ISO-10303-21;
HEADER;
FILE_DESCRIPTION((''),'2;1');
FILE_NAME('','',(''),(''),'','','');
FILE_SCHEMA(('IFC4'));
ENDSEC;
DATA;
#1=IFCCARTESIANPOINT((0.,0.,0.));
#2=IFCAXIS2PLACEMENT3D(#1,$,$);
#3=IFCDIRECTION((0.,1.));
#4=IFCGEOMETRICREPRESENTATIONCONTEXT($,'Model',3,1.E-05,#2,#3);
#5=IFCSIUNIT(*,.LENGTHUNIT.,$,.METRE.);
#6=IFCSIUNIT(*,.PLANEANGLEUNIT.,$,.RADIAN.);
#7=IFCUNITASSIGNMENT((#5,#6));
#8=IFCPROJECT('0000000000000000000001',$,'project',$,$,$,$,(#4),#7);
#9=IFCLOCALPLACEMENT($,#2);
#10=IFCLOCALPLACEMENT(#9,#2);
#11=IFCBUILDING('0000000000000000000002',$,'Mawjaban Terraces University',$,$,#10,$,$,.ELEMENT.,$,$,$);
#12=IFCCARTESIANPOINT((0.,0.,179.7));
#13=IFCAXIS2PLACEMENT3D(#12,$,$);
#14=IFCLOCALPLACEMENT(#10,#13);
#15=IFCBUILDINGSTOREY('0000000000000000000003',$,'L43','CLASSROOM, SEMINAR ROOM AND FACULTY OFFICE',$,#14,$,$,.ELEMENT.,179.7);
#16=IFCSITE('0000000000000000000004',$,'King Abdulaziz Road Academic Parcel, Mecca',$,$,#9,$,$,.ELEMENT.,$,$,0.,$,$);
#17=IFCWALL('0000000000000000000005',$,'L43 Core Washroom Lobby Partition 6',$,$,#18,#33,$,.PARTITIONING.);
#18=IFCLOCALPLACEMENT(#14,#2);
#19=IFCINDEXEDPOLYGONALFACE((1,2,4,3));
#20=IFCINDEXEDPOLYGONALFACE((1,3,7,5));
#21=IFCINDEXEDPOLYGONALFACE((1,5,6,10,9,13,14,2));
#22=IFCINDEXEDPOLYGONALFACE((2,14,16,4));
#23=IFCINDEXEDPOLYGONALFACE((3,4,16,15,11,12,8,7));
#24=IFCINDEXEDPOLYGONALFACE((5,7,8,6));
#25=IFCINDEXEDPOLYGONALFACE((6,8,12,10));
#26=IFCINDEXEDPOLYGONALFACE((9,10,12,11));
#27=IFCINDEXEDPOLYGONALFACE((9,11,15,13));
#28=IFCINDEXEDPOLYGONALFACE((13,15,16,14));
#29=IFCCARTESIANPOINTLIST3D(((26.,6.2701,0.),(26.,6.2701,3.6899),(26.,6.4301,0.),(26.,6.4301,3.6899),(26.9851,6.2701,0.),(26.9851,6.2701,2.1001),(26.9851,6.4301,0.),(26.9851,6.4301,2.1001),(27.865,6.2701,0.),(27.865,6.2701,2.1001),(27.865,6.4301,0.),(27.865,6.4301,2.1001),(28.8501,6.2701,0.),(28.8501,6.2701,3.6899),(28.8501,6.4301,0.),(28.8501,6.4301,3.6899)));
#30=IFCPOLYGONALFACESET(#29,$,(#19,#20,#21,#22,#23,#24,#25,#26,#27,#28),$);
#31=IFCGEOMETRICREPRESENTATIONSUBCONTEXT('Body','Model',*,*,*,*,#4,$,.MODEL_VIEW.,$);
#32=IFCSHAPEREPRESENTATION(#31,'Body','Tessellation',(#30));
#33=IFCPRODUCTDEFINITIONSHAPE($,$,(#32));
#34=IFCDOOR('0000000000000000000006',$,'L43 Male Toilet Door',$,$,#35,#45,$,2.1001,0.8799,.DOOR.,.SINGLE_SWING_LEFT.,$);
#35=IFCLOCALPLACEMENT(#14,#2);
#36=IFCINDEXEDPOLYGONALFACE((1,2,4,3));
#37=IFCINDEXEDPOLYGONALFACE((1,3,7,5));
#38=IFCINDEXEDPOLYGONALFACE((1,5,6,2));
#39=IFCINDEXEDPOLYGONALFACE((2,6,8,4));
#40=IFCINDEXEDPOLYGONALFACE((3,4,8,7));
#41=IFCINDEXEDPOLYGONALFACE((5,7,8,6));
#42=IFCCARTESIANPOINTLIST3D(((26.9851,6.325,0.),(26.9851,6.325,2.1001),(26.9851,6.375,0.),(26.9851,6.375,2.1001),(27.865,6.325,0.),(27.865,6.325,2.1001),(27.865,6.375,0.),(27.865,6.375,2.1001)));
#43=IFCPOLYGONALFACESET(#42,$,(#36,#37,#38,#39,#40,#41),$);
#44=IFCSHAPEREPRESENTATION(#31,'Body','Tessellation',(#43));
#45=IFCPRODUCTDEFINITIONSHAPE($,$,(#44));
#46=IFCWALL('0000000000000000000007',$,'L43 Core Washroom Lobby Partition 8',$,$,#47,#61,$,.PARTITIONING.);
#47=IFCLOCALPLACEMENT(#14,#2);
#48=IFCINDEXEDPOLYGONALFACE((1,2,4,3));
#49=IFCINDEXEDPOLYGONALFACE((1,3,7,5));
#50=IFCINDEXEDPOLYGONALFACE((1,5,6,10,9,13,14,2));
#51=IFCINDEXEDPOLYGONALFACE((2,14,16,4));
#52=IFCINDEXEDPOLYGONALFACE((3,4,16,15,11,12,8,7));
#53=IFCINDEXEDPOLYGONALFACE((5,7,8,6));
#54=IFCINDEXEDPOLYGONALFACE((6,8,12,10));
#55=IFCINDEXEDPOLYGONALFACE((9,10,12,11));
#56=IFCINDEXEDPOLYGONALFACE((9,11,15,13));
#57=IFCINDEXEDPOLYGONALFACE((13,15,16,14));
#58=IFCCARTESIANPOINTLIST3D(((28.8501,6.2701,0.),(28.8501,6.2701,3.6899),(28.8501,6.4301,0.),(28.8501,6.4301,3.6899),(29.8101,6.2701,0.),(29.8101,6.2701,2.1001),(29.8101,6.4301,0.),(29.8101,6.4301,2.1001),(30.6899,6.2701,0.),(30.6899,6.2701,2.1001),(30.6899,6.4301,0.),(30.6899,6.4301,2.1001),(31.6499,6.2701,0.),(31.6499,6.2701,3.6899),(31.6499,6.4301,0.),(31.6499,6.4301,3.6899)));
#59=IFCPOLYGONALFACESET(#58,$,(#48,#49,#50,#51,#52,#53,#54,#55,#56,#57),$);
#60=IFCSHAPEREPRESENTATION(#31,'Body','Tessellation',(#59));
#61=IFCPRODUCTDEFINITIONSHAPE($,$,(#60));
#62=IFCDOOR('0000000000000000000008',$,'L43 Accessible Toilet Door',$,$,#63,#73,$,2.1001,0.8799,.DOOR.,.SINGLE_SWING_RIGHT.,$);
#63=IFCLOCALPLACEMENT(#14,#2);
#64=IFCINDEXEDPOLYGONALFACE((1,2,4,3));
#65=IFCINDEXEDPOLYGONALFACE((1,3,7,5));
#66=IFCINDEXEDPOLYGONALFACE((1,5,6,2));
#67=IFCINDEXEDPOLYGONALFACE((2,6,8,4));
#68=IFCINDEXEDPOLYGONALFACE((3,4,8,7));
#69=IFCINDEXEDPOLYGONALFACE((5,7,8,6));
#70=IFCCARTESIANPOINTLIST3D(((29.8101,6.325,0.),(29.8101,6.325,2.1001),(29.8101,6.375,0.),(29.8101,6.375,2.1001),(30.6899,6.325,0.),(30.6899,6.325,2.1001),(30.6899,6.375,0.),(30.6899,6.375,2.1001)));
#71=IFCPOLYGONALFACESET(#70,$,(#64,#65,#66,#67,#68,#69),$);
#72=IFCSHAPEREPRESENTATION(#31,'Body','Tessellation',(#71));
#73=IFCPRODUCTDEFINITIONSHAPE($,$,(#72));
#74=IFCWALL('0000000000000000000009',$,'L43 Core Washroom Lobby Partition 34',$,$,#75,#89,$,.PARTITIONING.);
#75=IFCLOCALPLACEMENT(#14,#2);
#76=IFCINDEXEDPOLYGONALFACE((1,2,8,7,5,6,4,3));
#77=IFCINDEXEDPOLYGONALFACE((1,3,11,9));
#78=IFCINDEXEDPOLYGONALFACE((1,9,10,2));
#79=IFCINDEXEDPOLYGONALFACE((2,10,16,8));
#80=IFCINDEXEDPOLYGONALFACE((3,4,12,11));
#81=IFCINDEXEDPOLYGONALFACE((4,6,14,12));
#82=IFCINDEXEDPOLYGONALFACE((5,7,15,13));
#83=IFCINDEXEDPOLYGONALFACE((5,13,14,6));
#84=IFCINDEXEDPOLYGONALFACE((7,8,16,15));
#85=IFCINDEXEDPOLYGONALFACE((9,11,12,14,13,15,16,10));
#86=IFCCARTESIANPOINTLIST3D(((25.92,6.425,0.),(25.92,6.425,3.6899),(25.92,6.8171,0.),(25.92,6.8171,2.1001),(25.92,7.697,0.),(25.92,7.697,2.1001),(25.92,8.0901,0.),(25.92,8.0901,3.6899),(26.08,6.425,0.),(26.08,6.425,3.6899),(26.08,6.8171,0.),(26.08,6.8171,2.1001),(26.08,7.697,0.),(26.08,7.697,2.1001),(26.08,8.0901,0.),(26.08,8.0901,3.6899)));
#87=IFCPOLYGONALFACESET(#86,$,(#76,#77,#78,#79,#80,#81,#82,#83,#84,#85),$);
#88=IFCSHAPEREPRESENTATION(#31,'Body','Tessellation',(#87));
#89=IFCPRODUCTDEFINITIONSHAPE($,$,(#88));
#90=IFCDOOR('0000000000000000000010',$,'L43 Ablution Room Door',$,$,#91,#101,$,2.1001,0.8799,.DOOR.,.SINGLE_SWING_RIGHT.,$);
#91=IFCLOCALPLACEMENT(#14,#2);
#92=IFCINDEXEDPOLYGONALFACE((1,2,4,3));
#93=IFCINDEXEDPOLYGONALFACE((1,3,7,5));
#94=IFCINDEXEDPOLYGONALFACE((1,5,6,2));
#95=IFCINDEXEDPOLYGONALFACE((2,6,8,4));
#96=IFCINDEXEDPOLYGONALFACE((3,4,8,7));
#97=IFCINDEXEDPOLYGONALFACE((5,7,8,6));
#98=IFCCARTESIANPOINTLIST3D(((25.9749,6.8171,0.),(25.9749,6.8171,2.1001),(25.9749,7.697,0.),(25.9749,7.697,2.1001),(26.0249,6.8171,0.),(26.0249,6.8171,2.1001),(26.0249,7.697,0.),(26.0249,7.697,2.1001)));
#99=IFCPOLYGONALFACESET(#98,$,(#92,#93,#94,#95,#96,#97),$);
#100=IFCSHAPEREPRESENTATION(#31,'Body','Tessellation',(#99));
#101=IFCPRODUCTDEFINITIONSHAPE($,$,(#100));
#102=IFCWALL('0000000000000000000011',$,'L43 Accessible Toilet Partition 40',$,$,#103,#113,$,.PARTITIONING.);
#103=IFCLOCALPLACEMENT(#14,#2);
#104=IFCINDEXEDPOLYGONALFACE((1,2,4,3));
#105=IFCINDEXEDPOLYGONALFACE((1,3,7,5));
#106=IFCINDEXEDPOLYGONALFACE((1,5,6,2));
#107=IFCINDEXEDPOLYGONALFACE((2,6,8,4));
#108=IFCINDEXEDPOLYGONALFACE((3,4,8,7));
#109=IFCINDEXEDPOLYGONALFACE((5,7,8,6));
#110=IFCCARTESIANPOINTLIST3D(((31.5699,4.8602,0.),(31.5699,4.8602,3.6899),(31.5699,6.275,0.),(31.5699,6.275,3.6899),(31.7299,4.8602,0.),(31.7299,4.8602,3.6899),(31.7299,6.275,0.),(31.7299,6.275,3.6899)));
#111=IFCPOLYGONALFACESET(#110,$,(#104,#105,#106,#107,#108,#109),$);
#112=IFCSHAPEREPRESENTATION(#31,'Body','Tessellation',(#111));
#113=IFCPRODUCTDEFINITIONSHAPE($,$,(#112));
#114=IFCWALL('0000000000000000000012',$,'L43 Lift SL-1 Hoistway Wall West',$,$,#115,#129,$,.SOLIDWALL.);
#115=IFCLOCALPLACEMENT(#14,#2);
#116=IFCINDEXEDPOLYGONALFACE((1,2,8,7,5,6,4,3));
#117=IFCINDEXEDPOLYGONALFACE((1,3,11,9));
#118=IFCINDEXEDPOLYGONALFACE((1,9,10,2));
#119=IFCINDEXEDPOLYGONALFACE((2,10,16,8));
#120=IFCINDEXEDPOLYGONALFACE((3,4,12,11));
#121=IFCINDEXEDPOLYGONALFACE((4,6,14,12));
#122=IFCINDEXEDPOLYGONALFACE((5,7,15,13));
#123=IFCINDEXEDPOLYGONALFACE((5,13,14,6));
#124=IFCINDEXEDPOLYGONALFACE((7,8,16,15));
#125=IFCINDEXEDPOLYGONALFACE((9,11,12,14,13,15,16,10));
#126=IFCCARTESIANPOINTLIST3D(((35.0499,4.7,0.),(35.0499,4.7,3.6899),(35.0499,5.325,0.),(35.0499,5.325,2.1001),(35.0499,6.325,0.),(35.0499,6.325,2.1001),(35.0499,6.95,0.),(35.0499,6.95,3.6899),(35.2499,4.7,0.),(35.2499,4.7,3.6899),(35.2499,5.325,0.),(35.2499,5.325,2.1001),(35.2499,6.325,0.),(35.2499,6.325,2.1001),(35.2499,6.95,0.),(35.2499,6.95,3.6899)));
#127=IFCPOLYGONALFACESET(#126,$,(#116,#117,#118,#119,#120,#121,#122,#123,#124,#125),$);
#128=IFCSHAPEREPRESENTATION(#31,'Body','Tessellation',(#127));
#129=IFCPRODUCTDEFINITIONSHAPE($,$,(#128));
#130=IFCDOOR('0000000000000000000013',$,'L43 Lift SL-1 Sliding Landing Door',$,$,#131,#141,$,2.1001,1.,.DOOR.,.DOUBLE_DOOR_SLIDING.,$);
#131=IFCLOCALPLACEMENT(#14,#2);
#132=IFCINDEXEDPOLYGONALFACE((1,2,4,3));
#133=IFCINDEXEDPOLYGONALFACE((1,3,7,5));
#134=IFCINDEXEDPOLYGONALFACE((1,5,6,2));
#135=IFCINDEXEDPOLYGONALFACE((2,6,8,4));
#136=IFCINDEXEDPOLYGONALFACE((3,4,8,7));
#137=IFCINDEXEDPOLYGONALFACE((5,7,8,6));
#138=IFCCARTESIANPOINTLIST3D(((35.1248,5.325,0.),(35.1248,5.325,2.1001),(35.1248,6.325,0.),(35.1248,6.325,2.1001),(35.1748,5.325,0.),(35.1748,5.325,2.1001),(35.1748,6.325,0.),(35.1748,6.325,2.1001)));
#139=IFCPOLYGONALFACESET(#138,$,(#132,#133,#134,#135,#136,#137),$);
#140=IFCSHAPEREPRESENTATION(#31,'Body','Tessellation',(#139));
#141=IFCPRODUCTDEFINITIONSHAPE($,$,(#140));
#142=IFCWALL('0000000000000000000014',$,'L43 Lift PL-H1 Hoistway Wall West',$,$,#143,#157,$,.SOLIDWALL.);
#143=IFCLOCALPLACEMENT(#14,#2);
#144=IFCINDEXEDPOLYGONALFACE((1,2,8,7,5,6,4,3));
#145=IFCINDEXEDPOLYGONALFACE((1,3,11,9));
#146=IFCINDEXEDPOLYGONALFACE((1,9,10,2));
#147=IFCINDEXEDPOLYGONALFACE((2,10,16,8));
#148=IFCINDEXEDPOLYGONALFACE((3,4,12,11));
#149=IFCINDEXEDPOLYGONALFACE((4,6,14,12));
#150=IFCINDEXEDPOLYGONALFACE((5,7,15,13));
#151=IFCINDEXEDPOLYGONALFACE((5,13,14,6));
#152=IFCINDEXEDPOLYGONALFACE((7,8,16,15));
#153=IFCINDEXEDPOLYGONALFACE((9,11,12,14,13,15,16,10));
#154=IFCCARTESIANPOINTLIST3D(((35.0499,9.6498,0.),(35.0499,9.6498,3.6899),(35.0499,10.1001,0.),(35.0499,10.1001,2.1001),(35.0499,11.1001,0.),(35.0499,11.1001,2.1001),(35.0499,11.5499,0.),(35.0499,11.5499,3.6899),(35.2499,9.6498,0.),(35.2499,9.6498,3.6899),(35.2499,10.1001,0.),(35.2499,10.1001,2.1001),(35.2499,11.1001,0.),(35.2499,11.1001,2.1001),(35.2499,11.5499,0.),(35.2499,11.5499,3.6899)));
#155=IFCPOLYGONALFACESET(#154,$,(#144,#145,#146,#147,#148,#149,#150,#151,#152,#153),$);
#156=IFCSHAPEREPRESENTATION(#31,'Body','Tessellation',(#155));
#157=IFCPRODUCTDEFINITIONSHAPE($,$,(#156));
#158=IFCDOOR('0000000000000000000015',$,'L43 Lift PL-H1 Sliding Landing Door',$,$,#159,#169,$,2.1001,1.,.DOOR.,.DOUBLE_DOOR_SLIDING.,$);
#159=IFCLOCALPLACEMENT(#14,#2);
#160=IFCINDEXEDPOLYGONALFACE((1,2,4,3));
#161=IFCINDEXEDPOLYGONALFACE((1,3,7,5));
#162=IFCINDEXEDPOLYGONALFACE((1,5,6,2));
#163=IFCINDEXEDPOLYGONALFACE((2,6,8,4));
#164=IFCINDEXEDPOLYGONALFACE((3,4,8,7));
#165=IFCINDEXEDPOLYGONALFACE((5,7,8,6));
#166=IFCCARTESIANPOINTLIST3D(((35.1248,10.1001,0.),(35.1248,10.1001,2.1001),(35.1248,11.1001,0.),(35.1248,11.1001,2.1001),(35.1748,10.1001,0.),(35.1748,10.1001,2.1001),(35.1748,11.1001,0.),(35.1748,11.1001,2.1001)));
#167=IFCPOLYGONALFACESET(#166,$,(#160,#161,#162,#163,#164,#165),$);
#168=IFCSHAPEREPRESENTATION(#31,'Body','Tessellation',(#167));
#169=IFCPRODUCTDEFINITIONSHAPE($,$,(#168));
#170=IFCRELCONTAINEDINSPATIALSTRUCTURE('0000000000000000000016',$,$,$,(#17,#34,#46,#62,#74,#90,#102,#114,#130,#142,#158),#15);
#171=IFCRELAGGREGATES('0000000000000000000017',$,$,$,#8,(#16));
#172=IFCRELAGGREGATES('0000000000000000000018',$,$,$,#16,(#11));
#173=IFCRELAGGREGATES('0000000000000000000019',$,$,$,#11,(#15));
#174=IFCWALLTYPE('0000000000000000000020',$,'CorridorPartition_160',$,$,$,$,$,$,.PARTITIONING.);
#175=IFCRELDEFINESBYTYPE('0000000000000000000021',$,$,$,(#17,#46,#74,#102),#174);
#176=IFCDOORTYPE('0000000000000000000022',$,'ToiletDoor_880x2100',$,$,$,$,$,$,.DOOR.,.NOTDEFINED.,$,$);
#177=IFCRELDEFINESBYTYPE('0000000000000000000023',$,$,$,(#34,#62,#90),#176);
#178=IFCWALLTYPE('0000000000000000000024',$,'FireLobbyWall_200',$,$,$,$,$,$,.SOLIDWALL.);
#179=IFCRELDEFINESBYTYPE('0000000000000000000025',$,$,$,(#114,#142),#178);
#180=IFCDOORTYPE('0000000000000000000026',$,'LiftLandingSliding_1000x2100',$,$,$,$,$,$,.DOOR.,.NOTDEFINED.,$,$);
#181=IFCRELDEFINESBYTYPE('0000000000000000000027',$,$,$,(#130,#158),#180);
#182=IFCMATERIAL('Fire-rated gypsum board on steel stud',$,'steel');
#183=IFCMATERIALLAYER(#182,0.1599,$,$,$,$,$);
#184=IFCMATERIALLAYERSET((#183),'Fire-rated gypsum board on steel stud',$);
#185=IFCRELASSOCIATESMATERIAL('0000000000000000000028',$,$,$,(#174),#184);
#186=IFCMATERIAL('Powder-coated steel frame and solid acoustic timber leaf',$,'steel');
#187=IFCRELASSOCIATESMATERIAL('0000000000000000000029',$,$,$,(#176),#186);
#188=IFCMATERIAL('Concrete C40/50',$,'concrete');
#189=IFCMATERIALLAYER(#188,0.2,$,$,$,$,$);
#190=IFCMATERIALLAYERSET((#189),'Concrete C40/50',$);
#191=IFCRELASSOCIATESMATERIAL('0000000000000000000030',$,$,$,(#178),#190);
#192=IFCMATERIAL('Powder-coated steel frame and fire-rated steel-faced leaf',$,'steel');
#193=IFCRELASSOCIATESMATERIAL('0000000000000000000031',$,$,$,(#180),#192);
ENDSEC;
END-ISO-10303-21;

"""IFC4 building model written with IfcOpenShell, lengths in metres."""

from ifc_helpers import new_model, si_unit, direction, frame, frame_2d, origin, place, context, subcontext, project, spatial, rectangle, extrude, material, layer, layer_set, type_object, element, fill, save


model = new_model("IFC4")

# Units and contexts
model_context = context("Model", 3, precision=1e-05, world=origin(), true_north=direction((0.0, 1.0)))
body_context = subcontext(model_context, "Body", "Model", "MODEL_VIEW")
ifc_project = project(units=[si_unit("LENGTHUNIT", "METRE"), si_unit("PLANEANGLEUNIT", "RADIAN")], contexts=[model_context])

# Site, building, storey
site_placement = place(None, origin())
site = spatial("IfcSite", under=ifc_project, at=site_placement, Name="King Abdulaziz Road Academic Parcel, Mecca", CompositionType="ELEMENT", RefElevation=0.0)
building_placement = place(site_placement, origin())
building = spatial("IfcBuilding", under=site, at=building_placement, Name="Mawjaban Terraces University", CompositionType="ELEMENT")
storey_placement = place(building_placement, frame((0.0, 0.0, 179.7)))
storey = spatial("IfcBuildingStorey", under=building, at=storey_placement, Name="L43", Description="CLASSROOM, SEMINAR ROOM AND FACULTY OFFICE", CompositionType="ELEMENT", Elevation=179.7)

# Walls, openings, doors
ifc_material_1 = material(Name="Fire-rated gypsum board on steel stud", Category="steel")
ifc_layer_1 = layer(ifc_material_1, 0.1599)
ifc_layer_set_1 = layer_set([ifc_layer_1], Name="Fire-rated gypsum board on steel stud")
wall_type_1 = type_object("IfcWallType", Name="CorridorPartition_160", PredefinedType="PARTITIONING", material=ifc_layer_set_1)
wall_1_placement = place(storey_placement, frame((26.0, 6.3501, 0.0), z_axis=(0.0, 0.0, 1.0), x_axis=(1.0, 0.0, 0.0)))
wall_1 = element("IfcWall", 1, at=wall_1_placement, inside=storey, type_object=wall_type_1, Name="L43 Core Washroom Lobby Partition 6", PredefinedType="PARTITIONING", context=body_context, shape_type="SweptSolid", body=[
    extrude(rectangle(XDim=2.8501, YDim=0.1599, at=frame_2d((1.425, 0.0))), origin(), (0.0, 0.0, 1.0), 3.6899),
])
opening_1_placement = place(wall_1_placement, frame((0.9851, 0.0, 0.0)))
opening_1 = element("IfcOpeningElement", 2, at=opening_1_placement, cuts=wall_1, PredefinedType="OPENING", context=body_context, shape_type="SweptSolid", body=[
    extrude(rectangle(XDim=0.8799, YDim=2.1001, at=frame_2d((0.4399, 1.05))), frame((0.0, 0.0898, 0.0), z_axis=(0.0, -1.0, 0.0), x_axis=(1.0, 0.0, 0.0)), (0.0, 0.0, 1.0), 0.1799),
])
ifc_material_2 = material(Name="Powder-coated steel frame and solid acoustic timber leaf", Category="steel")
door_type_1 = type_object("IfcDoorType", Name="ToiletDoor_880x2100", OperationType="NOTDEFINED", PredefinedType="DOOR", material=ifc_material_2)
door_1_placement = place(opening_1_placement, origin())
door_1 = element("IfcDoor", 3, at=door_1_placement, inside=storey, type_object=door_type_1, Name="L43 Male Toilet Door", OperationType="SINGLE_SWING_LEFT", OverallHeight=2.1001, OverallWidth=0.8799, PredefinedType="DOOR", context=body_context, shape_type="SweptSolid", body=[
    extrude(rectangle(XDim=0.8799, YDim=2.1001, at=frame_2d((0.4399, 1.05))), frame((0.0, 0.0249, 0.0), z_axis=(0.0, -1.0, 0.0), x_axis=(1.0, 0.0, 0.0)), (0.0, 0.0, 1.0), 0.05),
])
fill(opening_1, door_1)
wall_2_placement = place(storey_placement, frame((28.8501, 6.3501, 0.0), z_axis=(0.0, 0.0, 1.0), x_axis=(1.0, 0.0, 0.0)))
wall_2 = element("IfcWall", 4, at=wall_2_placement, inside=storey, type_object=wall_type_1, Name="L43 Core Washroom Lobby Partition 8", PredefinedType="PARTITIONING", context=body_context, shape_type="SweptSolid", body=[
    extrude(rectangle(XDim=2.7998, YDim=0.1599, at=frame_2d((1.3999, 0.0))), origin(), (0.0, 0.0, 1.0), 3.6899),
])
opening_2_placement = place(wall_2_placement, frame((0.96, 0.0, 0.0)))
opening_2 = element("IfcOpeningElement", 5, at=opening_2_placement, cuts=wall_2, PredefinedType="OPENING", context=body_context, shape_type="SweptSolid", body=[
    extrude(rectangle(XDim=0.8799, YDim=2.1001, at=frame_2d((0.4399, 1.05))), frame((0.0, 0.0898, 0.0), z_axis=(0.0, -1.0, 0.0), x_axis=(1.0, 0.0, 0.0)), (0.0, 0.0, 1.0), 0.1799),
])
door_2_placement = place(opening_2_placement, origin())
door_2 = element("IfcDoor", 6, at=door_2_placement, inside=storey, type_object=door_type_1, Name="L43 Accessible Toilet Door", OperationType="SINGLE_SWING_RIGHT", OverallHeight=2.1001, OverallWidth=0.8799, PredefinedType="DOOR", context=body_context, shape_type="SweptSolid", body=[
    extrude(rectangle(XDim=0.8799, YDim=2.1001, at=frame_2d((0.4399, 1.05))), frame((0.0, 0.0249, 0.0), z_axis=(0.0, -1.0, 0.0), x_axis=(1.0, 0.0, 0.0)), (0.0, 0.0, 1.0), 0.05),
])
fill(opening_2, door_2)
wall_3_placement = place(storey_placement, frame((26.0, 8.0901, 0.0), z_axis=(0.0, 0.0, 1.0), x_axis=(0.0, -1.0, 0.0)))
wall_3 = element("IfcWall", 7, at=wall_3_placement, inside=storey, type_object=wall_type_1, Name="L43 Core Washroom Lobby Partition 34", PredefinedType="PARTITIONING", context=body_context, shape_type="SweptSolid", body=[
    extrude(rectangle(XDim=1.665, YDim=0.1599, at=frame_2d((0.8325, 0.0))), origin(), (0.0, 0.0, 1.0), 3.6899),
])
opening_3_placement = place(wall_3_placement, frame((0.3931, 0.0, 0.0)))
opening_3 = element("IfcOpeningElement", 8, at=opening_3_placement, cuts=wall_3, PredefinedType="OPENING", context=body_context, shape_type="SweptSolid", body=[
    extrude(rectangle(XDim=0.8799, YDim=2.1001, at=frame_2d((0.4399, 1.05))), frame((0.0, 0.0898, 0.0), z_axis=(0.0, -1.0, 0.0), x_axis=(1.0, 0.0, 0.0)), (0.0, 0.0, 1.0), 0.1799),
])
door_3_placement = place(opening_3_placement, origin())
door_3 = element("IfcDoor", 9, at=door_3_placement, inside=storey, type_object=door_type_1, Name="L43 Ablution Room Door", OperationType="SINGLE_SWING_RIGHT", OverallHeight=2.1001, OverallWidth=0.8799, PredefinedType="DOOR", context=body_context, shape_type="SweptSolid", body=[
    extrude(rectangle(XDim=0.8799, YDim=2.1001, at=frame_2d((0.4399, 1.05))), frame((0.0, 0.0249, 0.0), z_axis=(0.0, -1.0, 0.0), x_axis=(1.0, 0.0, 0.0)), (0.0, 0.0, 1.0), 0.05),
])
fill(opening_3, door_3)

# Wall
wall_4_placement = place(storey_placement, frame((31.6499, 4.8601, 0.0), z_axis=(0.0, 0.0, 1.0), x_axis=(0.0, 1.0, 0.0)))
element("IfcWall", 10, at=wall_4_placement, inside=storey, type_object=wall_type_1, Name="L43 Accessible Toilet Partition 40", PredefinedType="PARTITIONING", context=body_context, shape_type="SweptSolid", body=[
    extrude(rectangle(XDim=1.4148, YDim=0.1599, at=frame_2d((0.7075, 0.0))), origin(), (0.0, 0.0, 1.0), 3.6899),
])

# Walls, openings, doors
ifc_material_3 = material(Name="Concrete C40/50", Category="concrete")
ifc_layer_2 = layer(ifc_material_3, 0.2)
ifc_layer_set_2 = layer_set([ifc_layer_2], Name="Concrete C40/50")
wall_type_2 = type_object("IfcWallType", Name="FireLobbyWall_200", PredefinedType="SOLIDWALL", material=ifc_layer_set_2)
wall_5_placement = place(storey_placement, frame((35.1499, 6.95, 0.0), z_axis=(0.0, 0.0, 1.0), x_axis=(0.0, -1.0, 0.0)))
wall_5 = element("IfcWall", 11, at=wall_5_placement, inside=storey, type_object=wall_type_2, Name="L43 Lift SL-1 Hoistway Wall West", PredefinedType="SOLIDWALL", context=body_context, shape_type="SweptSolid", body=[
    extrude(rectangle(XDim=2.25, YDim=0.2, at=frame_2d((1.125, 0.0))), origin(), (0.0, 0.0, 1.0), 3.6899),
])
opening_4_placement = place(wall_5_placement, frame((0.625, 0.0, 0.0)))
opening_4 = element("IfcOpeningElement", 12, at=opening_4_placement, cuts=wall_5, PredefinedType="OPENING", context=body_context, shape_type="SweptSolid", body=[
    extrude(rectangle(XDim=1.0, YDim=2.1001, at=frame_2d((0.5, 1.05))), frame((0.0, 0.1099, 0.0), z_axis=(0.0, -1.0, 0.0), x_axis=(1.0, 0.0, 0.0)), (0.0, 0.0, 1.0), 0.22),
])
ifc_material_4 = material(Name="Powder-coated steel frame and fire-rated steel-faced leaf", Category="steel")
door_type_2 = type_object("IfcDoorType", Name="LiftLandingSliding_1000x2100", OperationType="NOTDEFINED", PredefinedType="DOOR", material=ifc_material_4)
door_4_placement = place(opening_4_placement, origin())
door_4 = element("IfcDoor", 13, at=door_4_placement, inside=storey, type_object=door_type_2, Name="L43 Lift SL-1 Sliding Landing Door", OperationType="DOUBLE_DOOR_SLIDING", OverallHeight=2.1001, OverallWidth=1.0, PredefinedType="DOOR", context=body_context, shape_type="SweptSolid", body=[
    extrude(rectangle(XDim=1.0, YDim=2.1001, at=frame_2d((0.5, 1.05))), frame((0.0, 0.0249, 0.0), z_axis=(0.0, -1.0, 0.0), x_axis=(1.0, 0.0, 0.0)), (0.0, 0.0, 1.0), 0.05),
])
fill(opening_4, door_4)
wall_6_placement = place(storey_placement, frame((35.1499, 11.55, 0.0), z_axis=(0.0, 0.0, 1.0), x_axis=(0.0, -1.0, 0.0)))
wall_6 = element("IfcWall", 14, at=wall_6_placement, inside=storey, type_object=wall_type_2, Name="L43 Lift PL-H1 Hoistway Wall West", PredefinedType="SOLIDWALL", context=body_context, shape_type="SweptSolid", body=[
    extrude(rectangle(XDim=1.9001, YDim=0.2, at=frame_2d((0.9502, 0.0))), origin(), (0.0, 0.0, 1.0), 3.6899),
])
opening_5_placement = place(wall_6_placement, frame((0.45, 0.0, 0.0)))
opening_5 = element("IfcOpeningElement", 15, at=opening_5_placement, cuts=wall_6, PredefinedType="OPENING", context=body_context, shape_type="SweptSolid", body=[
    extrude(rectangle(XDim=1.0, YDim=2.1001, at=frame_2d((0.5, 1.05))), frame((0.0, 0.1099, 0.0), z_axis=(0.0, -1.0, 0.0), x_axis=(1.0, 0.0, 0.0)), (0.0, 0.0, 1.0), 0.22),
])
door_5_placement = place(opening_5_placement, origin())
door_5 = element("IfcDoor", 16, at=door_5_placement, inside=storey, type_object=door_type_2, Name="L43 Lift PL-H1 Sliding Landing Door", OperationType="DOUBLE_DOOR_SLIDING", OverallHeight=2.1001, OverallWidth=1.0, PredefinedType="DOOR", context=body_context, shape_type="SweptSolid", body=[
    extrude(rectangle(XDim=1.0, YDim=2.1001, at=frame_2d((0.5, 1.05))), frame((0.0, 0.0249, 0.0), z_axis=(0.0, -1.0, 0.0), x_axis=(1.0, 0.0, 0.0)), (0.0, 0.0, 1.0), 0.05),
])
fill(opening_5, door_5)

save(model, "model.ifc")
